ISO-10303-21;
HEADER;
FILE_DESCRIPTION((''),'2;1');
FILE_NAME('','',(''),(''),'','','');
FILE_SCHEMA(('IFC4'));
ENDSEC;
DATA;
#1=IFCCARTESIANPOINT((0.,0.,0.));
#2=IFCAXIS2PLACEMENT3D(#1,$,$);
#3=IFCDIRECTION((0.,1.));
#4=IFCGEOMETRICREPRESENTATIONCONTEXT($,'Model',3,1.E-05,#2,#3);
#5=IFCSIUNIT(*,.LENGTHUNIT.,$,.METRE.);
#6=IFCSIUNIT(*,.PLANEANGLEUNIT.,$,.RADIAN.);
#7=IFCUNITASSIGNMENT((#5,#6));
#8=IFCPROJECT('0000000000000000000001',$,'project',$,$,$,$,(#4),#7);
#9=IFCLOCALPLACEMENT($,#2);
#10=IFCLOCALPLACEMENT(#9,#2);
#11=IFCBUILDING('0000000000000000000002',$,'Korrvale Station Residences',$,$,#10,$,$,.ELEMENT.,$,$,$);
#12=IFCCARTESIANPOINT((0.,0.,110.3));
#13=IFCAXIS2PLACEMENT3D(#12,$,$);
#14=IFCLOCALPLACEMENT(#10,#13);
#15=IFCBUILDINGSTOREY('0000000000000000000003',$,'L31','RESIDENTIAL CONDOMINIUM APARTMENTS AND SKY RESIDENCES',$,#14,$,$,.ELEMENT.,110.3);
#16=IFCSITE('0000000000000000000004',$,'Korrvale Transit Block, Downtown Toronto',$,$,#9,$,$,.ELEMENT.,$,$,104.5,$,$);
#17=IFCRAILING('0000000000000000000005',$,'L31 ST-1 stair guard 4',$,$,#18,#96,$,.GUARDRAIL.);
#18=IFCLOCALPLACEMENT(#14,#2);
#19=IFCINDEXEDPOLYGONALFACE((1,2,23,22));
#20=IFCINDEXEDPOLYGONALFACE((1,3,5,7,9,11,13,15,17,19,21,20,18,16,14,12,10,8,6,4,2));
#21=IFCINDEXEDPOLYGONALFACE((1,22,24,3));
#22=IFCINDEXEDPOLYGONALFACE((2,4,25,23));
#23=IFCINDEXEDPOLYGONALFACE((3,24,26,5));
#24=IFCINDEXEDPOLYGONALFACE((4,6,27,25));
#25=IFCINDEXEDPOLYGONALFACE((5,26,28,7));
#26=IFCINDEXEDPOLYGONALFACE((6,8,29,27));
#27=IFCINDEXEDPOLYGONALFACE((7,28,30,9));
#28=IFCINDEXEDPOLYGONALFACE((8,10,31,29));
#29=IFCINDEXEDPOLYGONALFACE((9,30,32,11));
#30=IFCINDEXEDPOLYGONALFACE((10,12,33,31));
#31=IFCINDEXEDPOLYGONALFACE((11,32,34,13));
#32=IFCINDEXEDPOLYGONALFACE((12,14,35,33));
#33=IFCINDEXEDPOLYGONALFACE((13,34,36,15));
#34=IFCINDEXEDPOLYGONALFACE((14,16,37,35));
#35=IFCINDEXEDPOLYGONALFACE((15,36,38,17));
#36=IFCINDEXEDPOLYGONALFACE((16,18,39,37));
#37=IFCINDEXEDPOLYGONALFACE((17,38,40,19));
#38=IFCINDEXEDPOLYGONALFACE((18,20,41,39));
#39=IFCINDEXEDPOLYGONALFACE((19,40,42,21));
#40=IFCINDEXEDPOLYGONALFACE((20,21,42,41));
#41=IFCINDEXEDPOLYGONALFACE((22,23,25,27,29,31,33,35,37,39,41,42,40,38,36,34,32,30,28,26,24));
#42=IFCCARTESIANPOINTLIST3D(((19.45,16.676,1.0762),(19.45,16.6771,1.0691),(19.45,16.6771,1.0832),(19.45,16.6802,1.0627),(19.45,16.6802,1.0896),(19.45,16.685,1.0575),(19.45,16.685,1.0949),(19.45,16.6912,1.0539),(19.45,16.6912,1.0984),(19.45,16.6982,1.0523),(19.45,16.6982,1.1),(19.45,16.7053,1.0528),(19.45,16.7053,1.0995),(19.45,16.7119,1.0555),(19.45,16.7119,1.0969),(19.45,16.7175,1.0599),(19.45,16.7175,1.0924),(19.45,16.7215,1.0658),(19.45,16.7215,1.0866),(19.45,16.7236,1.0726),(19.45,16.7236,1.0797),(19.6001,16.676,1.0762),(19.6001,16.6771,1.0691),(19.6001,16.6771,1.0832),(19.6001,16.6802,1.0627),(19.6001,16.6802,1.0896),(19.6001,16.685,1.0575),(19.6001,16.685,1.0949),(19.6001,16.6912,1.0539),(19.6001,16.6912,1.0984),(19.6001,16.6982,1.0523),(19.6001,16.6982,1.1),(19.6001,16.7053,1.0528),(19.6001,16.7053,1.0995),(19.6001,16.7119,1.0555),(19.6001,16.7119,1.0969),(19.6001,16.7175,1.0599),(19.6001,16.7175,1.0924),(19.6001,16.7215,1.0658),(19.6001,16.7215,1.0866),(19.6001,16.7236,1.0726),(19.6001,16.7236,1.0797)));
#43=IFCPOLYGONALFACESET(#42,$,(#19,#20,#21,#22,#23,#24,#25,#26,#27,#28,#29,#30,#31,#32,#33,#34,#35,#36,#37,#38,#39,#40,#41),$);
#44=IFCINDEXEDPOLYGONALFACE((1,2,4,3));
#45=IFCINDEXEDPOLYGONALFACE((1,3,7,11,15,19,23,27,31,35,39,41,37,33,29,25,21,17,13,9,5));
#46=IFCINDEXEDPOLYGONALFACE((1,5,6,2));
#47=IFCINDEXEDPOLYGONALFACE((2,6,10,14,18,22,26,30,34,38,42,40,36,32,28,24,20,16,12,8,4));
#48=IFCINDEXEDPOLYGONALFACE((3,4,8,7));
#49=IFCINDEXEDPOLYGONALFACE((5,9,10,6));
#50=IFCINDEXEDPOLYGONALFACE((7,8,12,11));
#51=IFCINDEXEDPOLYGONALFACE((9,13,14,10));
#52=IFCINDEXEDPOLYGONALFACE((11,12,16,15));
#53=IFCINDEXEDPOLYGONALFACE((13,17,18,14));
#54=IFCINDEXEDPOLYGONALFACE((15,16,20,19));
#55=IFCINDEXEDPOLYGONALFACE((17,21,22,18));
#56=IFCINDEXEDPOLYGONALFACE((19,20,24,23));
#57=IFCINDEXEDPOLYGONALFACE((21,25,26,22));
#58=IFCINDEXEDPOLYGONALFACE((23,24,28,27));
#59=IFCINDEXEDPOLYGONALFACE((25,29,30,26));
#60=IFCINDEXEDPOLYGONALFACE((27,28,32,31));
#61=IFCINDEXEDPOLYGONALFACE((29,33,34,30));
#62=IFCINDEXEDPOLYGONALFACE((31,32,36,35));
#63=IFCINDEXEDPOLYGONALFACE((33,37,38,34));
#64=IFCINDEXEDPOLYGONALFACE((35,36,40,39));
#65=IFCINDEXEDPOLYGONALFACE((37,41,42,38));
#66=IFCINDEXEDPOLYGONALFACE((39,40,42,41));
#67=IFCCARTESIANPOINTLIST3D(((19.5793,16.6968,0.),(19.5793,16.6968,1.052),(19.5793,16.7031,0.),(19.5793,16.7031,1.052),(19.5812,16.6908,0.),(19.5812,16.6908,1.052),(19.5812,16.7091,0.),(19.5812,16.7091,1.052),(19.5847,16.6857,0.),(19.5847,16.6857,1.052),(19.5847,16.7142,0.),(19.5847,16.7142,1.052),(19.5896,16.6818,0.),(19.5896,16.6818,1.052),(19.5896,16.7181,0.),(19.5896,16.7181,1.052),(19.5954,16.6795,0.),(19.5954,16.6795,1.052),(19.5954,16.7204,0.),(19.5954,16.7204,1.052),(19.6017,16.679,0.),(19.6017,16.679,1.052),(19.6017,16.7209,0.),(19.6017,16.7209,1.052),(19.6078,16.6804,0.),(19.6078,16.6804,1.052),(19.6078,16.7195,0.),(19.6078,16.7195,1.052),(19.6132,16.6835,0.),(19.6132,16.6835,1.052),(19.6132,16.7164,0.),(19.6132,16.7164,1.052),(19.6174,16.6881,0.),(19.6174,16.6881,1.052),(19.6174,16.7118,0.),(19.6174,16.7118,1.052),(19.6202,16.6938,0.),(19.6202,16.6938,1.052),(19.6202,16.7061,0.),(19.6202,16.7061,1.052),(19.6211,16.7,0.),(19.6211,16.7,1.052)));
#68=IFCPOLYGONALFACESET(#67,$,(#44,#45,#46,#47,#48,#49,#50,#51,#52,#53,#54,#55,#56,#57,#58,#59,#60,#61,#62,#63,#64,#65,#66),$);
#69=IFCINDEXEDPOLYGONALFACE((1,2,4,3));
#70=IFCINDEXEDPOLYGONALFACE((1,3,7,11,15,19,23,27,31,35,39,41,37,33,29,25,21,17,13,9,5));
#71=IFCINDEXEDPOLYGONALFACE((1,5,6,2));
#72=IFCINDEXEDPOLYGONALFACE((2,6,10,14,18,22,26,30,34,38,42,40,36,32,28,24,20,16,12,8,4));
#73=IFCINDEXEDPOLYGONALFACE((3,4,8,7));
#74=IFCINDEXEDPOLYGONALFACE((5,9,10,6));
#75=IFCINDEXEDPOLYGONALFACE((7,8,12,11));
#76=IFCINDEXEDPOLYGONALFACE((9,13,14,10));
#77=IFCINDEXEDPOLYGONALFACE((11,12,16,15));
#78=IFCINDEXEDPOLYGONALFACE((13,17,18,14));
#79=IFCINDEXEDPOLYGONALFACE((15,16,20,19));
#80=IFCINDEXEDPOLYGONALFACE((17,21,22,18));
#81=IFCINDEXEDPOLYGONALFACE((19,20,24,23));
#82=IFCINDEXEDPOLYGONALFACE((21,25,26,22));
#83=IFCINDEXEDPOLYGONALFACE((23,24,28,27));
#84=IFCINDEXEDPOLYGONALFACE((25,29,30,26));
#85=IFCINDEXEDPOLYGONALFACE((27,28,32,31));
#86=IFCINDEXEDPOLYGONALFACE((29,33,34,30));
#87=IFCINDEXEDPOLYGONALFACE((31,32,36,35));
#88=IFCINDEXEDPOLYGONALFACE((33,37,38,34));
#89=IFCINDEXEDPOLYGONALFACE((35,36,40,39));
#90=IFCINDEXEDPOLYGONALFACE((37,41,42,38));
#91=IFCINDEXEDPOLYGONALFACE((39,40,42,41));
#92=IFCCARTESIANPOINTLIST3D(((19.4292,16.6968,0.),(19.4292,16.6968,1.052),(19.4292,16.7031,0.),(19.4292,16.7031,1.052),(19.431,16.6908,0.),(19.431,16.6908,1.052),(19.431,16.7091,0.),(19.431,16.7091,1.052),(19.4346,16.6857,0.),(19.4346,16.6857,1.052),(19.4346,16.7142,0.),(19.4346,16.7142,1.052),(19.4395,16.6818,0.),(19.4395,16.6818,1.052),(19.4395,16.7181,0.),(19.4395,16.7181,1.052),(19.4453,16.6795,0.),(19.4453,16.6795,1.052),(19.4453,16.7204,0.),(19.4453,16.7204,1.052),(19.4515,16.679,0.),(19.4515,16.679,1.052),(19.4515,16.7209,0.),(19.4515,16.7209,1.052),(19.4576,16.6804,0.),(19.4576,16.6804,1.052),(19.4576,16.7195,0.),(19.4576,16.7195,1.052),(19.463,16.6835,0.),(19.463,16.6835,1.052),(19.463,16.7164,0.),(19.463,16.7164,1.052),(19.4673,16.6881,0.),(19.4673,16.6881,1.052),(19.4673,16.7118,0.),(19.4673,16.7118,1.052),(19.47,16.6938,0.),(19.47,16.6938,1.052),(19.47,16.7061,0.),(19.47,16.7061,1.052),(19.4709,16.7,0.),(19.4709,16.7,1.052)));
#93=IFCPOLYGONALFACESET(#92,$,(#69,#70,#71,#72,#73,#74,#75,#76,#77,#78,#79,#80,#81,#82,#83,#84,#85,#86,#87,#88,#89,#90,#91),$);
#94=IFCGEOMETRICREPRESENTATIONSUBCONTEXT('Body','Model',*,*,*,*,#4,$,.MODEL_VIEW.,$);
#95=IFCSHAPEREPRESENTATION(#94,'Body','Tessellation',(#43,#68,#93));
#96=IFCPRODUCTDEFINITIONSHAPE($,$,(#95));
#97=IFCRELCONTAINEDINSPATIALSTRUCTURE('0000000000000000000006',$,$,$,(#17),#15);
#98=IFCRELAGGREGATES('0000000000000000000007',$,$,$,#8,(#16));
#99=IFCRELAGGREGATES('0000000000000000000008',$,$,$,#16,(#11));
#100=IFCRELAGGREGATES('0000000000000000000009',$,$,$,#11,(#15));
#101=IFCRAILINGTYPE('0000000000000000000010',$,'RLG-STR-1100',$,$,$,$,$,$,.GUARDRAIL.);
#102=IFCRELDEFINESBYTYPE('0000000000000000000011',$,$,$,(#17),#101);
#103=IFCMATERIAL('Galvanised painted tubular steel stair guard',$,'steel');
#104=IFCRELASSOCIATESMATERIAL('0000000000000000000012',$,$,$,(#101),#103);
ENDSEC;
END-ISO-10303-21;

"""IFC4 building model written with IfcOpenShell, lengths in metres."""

from ifc_helpers import new_model, si_unit, direction, frame, origin, origin_2d, place, context, subcontext, project, spatial, circle, extrude, material, type_object, element, save


model = new_model("IFC4")

# Units and contexts
model_context = context("Model", 3, precision=1e-05, world=origin(), true_north=direction((0.0, 1.0)))
body_context = subcontext(model_context, "Body", "Model", "MODEL_VIEW")
ifc_project = project(units=[si_unit("LENGTHUNIT", "METRE"), si_unit("PLANEANGLEUNIT", "RADIAN")], contexts=[model_context])

# Site, building, storey
site_placement = place(None, origin())
site = spatial("IfcSite", under=ifc_project, at=site_placement, Name="Korrvale Transit Block, Downtown Toronto", CompositionType="ELEMENT", RefElevation=104.5)
building_placement = place(site_placement, origin())
building = spatial("IfcBuilding", under=site, at=building_placement, Name="Korrvale Station Residences", CompositionType="ELEMENT")
storey_placement = place(building_placement, frame((0.0, 0.0, 110.3)))
storey = spatial("IfcBuildingStorey", under=building, at=storey_placement, Name="L31", Description="RESIDENTIAL CONDOMINIUM APARTMENTS AND SKY RESIDENCES", CompositionType="ELEMENT", Elevation=110.3)

# Railing
ifc_material_1 = material(Name="Galvanised painted tubular steel stair guard", Category="steel")
railing_type_1 = type_object("IfcRailingType", Name="RLG-STR-1100", PredefinedType="GUARDRAIL", material=ifc_material_1)
railing_1_placement = place(storey_placement, frame((19.6001, 16.7, 0.0)))
element("IfcRailing", 1, at=railing_1_placement, inside=storey, type_object=railing_type_1, Name="L31 ST-1 stair guard 4", PredefinedType="GUARDRAIL", context=body_context, shape_type="SweptSolid", body=[
    extrude(circle(Radius=0.0239, at=origin_2d()), frame((0.0, 0.0, 1.0762), z_axis=(-1.0, 0.0, 0.0), x_axis=(0.0, -1.0, 0.0)), (0.0, 0.0, 1.0), 0.1501),
    extrude(circle(Radius=0.021, at=origin_2d()), origin(), (0.0, 0.0, 1.0), 1.052),
    extrude(circle(Radius=0.021, at=origin_2d()), frame((-0.1501, 0.0, 0.0)), (0.0, 0.0, 1.0), 1.052),
])

save(model, "model.ifc")
